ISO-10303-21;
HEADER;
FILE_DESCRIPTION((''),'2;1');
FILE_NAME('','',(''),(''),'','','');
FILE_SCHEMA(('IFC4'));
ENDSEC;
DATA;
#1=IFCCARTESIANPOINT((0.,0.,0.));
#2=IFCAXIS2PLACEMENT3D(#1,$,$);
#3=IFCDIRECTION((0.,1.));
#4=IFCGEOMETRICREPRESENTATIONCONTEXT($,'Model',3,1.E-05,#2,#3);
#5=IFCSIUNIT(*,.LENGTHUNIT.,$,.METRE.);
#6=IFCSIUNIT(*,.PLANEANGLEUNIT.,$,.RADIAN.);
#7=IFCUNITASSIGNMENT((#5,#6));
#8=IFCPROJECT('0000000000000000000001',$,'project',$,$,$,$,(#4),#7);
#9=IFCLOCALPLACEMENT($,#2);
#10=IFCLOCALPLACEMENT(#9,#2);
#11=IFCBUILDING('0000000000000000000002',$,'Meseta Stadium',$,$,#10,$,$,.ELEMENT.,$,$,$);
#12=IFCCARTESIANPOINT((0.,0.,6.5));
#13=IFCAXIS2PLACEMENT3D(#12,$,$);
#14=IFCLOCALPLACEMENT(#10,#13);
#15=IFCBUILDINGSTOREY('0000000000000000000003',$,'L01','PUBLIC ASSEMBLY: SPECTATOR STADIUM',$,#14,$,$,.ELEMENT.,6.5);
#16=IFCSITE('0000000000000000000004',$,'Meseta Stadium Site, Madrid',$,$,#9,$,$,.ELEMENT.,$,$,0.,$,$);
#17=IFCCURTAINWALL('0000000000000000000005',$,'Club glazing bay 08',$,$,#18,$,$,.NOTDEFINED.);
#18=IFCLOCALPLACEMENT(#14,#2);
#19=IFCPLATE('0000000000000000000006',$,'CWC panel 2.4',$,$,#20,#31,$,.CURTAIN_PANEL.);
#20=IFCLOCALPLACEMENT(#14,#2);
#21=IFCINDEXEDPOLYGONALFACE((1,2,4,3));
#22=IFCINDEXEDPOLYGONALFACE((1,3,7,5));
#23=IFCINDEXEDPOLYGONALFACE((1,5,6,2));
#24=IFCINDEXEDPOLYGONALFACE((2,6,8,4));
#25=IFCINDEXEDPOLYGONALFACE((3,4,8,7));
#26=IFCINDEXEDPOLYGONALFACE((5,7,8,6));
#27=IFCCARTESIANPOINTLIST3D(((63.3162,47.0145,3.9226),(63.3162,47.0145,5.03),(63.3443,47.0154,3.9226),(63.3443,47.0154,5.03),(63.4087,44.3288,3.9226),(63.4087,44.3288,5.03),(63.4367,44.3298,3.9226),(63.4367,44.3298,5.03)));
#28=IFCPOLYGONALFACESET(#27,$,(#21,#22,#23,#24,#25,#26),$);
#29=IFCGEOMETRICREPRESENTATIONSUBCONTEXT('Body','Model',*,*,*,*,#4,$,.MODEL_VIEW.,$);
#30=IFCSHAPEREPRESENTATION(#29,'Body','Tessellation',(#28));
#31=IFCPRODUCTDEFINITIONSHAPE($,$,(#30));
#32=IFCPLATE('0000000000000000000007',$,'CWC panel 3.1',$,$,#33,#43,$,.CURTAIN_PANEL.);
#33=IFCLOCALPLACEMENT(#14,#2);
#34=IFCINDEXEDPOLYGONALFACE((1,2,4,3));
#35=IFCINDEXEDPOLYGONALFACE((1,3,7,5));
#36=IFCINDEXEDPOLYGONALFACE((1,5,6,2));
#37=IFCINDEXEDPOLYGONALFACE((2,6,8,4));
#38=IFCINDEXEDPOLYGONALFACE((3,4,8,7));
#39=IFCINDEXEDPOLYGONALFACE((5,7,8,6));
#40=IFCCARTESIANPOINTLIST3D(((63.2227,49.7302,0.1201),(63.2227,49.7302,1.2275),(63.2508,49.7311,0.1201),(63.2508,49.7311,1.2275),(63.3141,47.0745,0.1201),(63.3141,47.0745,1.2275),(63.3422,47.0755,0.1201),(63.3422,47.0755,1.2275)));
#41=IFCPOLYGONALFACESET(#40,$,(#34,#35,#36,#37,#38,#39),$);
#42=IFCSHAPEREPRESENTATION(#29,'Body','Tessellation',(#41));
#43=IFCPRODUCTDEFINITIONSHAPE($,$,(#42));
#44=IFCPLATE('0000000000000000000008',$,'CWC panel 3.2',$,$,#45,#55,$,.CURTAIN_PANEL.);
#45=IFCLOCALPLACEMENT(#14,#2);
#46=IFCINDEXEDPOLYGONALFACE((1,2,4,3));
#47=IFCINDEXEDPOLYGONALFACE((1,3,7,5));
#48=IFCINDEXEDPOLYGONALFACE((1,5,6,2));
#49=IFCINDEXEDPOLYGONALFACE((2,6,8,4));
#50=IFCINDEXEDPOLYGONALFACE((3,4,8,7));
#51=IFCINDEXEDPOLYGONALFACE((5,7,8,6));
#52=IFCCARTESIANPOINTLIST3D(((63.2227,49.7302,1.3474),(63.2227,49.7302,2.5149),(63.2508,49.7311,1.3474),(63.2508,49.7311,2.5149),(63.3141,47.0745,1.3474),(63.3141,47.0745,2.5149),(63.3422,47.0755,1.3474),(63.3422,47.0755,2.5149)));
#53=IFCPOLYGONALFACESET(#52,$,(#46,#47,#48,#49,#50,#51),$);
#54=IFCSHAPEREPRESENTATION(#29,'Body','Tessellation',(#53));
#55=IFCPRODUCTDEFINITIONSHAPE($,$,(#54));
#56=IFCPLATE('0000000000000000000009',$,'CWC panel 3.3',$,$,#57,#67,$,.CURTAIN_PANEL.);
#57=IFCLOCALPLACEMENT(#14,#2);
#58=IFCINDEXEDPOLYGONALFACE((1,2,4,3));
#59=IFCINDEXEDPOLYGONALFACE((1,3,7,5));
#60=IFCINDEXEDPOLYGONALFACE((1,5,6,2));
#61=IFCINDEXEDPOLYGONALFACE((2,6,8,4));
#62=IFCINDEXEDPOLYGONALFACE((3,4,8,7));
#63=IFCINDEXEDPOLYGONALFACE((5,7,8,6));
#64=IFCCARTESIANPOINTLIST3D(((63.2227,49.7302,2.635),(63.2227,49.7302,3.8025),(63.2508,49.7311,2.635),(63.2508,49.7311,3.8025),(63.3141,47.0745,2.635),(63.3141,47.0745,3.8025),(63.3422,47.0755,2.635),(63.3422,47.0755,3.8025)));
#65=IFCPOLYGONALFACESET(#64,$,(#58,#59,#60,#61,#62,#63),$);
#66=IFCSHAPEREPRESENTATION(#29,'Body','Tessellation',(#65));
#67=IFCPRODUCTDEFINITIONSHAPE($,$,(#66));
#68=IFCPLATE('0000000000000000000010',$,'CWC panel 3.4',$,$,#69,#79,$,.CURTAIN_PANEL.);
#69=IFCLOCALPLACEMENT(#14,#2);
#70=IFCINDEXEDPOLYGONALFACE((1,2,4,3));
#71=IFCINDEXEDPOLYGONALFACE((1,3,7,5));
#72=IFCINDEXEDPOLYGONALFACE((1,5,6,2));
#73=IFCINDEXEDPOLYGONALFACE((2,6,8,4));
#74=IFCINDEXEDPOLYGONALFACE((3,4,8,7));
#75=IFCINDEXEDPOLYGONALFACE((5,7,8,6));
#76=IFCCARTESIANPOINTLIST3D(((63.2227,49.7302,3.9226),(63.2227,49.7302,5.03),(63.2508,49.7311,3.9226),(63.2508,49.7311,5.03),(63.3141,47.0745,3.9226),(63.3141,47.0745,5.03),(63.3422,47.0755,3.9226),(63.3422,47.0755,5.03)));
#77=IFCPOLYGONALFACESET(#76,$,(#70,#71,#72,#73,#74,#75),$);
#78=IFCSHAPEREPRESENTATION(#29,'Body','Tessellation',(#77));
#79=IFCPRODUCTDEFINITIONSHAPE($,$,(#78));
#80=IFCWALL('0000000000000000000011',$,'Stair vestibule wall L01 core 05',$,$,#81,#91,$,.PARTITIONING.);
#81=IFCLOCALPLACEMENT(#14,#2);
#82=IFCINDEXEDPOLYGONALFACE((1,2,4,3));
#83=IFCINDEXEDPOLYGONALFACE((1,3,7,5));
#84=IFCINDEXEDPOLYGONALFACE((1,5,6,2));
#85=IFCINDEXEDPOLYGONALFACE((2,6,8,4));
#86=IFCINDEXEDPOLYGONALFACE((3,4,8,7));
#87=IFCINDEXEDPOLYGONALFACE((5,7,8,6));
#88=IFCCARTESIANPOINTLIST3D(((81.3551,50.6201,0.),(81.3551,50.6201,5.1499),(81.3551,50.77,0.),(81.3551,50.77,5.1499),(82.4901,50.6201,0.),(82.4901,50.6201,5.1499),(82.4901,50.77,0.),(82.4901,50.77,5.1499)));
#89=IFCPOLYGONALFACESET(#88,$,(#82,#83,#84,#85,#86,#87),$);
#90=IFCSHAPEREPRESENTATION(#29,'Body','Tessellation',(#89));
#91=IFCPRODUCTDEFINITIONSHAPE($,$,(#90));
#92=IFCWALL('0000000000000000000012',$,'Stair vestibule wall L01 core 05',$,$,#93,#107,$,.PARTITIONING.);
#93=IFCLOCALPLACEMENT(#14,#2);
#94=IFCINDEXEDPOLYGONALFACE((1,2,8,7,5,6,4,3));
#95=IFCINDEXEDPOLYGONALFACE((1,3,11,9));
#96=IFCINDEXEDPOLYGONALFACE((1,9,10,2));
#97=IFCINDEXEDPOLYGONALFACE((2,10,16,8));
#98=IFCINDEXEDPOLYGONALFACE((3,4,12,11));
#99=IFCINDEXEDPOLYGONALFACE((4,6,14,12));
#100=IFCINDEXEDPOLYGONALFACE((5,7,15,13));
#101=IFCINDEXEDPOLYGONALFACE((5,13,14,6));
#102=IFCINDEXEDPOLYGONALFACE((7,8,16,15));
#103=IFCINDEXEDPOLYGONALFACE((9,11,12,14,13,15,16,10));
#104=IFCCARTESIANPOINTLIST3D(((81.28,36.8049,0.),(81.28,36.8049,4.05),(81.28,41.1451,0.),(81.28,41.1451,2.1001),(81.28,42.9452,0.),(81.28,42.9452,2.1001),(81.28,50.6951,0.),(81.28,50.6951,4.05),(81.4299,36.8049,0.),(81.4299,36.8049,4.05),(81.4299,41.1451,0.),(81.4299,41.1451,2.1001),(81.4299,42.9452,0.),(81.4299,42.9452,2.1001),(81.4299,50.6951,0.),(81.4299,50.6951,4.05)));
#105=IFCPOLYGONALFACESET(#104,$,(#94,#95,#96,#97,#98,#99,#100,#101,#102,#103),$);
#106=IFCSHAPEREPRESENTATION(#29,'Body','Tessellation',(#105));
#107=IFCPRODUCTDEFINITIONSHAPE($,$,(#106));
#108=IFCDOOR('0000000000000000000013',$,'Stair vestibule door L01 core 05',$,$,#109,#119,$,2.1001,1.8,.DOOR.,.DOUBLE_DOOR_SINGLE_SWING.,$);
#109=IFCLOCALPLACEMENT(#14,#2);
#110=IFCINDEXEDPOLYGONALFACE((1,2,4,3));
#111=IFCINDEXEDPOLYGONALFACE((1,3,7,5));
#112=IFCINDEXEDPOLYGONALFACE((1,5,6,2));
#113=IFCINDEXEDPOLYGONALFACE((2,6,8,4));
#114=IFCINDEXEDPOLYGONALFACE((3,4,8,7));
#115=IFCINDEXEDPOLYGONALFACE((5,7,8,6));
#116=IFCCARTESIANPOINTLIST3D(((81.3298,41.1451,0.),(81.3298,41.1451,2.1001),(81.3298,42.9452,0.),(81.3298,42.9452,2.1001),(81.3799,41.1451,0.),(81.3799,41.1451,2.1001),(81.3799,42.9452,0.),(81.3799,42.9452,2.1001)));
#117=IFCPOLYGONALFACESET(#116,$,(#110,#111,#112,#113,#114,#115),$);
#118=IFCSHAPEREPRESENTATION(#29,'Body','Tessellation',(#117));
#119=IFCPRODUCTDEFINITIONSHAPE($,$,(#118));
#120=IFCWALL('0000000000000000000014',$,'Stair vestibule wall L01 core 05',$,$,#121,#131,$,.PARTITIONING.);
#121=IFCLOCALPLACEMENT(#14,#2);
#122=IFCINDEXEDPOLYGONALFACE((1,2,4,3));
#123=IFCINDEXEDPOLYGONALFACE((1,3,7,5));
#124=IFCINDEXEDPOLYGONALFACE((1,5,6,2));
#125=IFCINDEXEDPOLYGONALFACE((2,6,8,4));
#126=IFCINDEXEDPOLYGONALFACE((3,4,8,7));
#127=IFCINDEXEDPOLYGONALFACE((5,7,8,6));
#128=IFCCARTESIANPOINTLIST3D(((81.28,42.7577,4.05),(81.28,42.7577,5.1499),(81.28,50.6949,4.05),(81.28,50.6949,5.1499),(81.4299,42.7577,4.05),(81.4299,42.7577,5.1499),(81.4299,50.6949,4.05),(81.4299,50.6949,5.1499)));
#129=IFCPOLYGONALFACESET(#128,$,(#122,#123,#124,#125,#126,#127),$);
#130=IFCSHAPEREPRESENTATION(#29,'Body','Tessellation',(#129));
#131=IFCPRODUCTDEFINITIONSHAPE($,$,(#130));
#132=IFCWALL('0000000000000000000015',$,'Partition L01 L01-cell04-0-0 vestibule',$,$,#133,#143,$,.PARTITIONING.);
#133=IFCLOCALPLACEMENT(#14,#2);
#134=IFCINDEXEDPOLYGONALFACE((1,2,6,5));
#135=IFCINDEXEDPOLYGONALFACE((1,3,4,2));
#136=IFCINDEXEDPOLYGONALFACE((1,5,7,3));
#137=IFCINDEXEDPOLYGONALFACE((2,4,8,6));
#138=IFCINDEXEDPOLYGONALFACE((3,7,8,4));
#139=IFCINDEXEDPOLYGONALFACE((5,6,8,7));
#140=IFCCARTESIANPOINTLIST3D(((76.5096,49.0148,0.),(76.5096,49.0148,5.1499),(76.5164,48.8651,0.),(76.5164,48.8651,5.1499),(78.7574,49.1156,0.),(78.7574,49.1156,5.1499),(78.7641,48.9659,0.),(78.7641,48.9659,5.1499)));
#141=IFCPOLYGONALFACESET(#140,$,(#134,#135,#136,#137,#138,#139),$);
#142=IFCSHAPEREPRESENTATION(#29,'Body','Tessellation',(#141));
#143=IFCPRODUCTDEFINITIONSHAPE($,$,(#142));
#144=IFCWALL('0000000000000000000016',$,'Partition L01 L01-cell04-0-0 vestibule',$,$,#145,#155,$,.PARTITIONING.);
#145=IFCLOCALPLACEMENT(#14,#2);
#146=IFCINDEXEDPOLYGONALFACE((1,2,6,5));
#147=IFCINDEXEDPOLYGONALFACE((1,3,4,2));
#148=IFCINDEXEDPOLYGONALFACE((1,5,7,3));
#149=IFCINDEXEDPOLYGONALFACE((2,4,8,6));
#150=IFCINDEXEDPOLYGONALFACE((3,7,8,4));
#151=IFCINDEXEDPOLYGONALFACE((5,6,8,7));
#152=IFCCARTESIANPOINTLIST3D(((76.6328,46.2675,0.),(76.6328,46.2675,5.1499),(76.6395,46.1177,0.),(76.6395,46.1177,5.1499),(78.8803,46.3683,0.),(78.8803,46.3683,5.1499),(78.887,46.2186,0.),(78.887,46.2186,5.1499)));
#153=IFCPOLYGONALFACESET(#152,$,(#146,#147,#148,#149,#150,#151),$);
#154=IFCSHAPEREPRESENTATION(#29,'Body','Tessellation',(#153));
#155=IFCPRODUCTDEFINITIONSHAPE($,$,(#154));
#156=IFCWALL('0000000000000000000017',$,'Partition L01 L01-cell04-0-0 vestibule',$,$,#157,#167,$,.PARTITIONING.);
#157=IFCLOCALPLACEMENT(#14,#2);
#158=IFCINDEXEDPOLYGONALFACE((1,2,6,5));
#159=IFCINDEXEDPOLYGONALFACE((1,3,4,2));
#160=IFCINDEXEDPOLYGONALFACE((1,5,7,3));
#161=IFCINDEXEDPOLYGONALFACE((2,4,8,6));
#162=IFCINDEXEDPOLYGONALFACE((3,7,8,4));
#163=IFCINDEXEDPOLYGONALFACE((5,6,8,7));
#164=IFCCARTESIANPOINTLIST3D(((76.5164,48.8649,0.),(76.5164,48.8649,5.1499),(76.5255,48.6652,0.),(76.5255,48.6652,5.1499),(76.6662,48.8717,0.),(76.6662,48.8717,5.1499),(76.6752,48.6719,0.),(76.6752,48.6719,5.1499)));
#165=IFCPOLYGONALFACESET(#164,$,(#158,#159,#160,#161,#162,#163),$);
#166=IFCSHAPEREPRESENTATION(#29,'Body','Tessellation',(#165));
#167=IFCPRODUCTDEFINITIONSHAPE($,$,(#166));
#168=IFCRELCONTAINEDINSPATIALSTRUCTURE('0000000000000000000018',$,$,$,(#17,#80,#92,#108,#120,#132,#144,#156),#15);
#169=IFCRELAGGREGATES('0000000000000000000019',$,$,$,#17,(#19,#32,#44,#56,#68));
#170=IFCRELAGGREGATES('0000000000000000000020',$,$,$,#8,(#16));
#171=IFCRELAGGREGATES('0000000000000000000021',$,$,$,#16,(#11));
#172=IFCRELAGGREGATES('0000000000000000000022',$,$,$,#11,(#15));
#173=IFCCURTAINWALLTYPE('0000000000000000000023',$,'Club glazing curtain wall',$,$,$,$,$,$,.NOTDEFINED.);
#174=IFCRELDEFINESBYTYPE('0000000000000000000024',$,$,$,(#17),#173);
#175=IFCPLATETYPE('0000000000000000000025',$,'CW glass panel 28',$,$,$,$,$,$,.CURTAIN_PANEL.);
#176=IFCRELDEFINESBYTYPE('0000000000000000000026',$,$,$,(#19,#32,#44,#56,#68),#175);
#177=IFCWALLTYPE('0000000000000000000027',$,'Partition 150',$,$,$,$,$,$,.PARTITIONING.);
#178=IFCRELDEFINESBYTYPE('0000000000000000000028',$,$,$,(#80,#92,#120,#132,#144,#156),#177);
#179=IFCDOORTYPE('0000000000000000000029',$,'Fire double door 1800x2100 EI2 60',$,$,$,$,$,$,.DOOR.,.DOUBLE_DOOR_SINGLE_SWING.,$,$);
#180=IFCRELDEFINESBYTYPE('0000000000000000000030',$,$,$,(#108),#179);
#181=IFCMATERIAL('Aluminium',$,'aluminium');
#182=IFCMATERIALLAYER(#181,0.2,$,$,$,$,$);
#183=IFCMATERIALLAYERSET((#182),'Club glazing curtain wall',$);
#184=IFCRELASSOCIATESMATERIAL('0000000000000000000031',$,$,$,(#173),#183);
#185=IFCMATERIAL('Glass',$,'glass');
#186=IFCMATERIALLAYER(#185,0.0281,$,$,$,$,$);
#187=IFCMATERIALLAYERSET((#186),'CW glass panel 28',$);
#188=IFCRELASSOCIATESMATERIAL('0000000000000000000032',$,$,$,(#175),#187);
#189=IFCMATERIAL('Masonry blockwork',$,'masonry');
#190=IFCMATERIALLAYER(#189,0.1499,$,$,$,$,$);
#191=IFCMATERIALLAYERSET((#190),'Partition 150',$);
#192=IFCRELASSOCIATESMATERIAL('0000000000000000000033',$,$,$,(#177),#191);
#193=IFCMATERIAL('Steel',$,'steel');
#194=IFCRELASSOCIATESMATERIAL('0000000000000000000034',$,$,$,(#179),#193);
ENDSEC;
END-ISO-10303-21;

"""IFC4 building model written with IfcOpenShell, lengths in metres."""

from ifc_helpers import new_model, si_unit, direction, frame, frame_2d, origin, origin_2d, place, context, subcontext, project, spatial, rectangle, extrude, material, layer, layer_set, type_object, element, fill, aggregate, save


model = new_model("IFC4")

# Units and contexts
model_context = context("Model", 3, precision=1e-05, world=origin(), true_north=direction((0.0, 1.0)))
body_context = subcontext(model_context, "Body", "Model", "MODEL_VIEW")
ifc_project = project(units=[si_unit("LENGTHUNIT", "METRE"), si_unit("PLANEANGLEUNIT", "RADIAN")], contexts=[model_context])

# Site, building, storey
site_placement = place(None, origin())
site = spatial("IfcSite", under=ifc_project, at=site_placement, Name="Meseta Stadium Site, Madrid", CompositionType="ELEMENT", RefElevation=0.0)
building_placement = place(site_placement, origin())
building = spatial("IfcBuilding", under=site, at=building_placement, Name="Meseta Stadium", CompositionType="ELEMENT")
storey_placement = place(building_placement, frame((0.0, 0.0, 6.5)))
storey = spatial("IfcBuildingStorey", under=building, at=storey_placement, Name="L01", Description="PUBLIC ASSEMBLY: SPECTATOR STADIUM", CompositionType="ELEMENT", Elevation=6.5)

# Curtain wall
ifc_material_1 = material(Name="Aluminium", Category="aluminium")
ifc_layer_1 = layer(ifc_material_1, 0.2)
ifc_layer_set_1 = layer_set([ifc_layer_1], Name="Club glazing curtain wall")
curtain_wall_type = type_object("IfcCurtainWallType", Name="Club glazing curtain wall", PredefinedType="NOTDEFINED", material=ifc_layer_set_1)
curtain_wall_1_placement = place(storey_placement, origin())
curtain_wall_1 = element("IfcCurtainWall", 1, at=curtain_wall_1_placement, inside=storey, type_object=curtain_wall_type, Name="Club glazing bay 08", PredefinedType="NOTDEFINED")

# Plates
ifc_material_2 = material(Name="Glass", Category="glass")
ifc_layer_2 = layer(ifc_material_2, 0.0281)
ifc_layer_set_2 = layer_set([ifc_layer_2], Name="CW glass panel 28")
plate_type = type_object("IfcPlateType", Name="CW glass panel 28", PredefinedType="CURTAIN_PANEL", material=ifc_layer_set_2)
plate_1_placement = place(storey_placement, frame((63.3765, 45.6721, 3.9226), z_axis=(0.0, 0.0, 1.0), x_axis=(-0.034398, 0.999408, 0.0)))
plate_1 = element("IfcPlate", 2, at=plate_1_placement, type_object=plate_type, Name="CWC panel 2.4", PredefinedType="CURTAIN_PANEL", context=body_context, shape_type="SweptSolid", body=[
    extrude(rectangle(XDim=2.6873, YDim=0.0281, at=origin_2d()), origin(), (0.0, 0.0, 1.0), 1.1074),
])
plate_2_placement = place(storey_placement, frame((63.2825, 48.4028, 0.1201), z_axis=(0.0, 0.0, 1.0), x_axis=(-0.034398, 0.999408, 0.0)))
plate_2 = element("IfcPlate", 3, at=plate_2_placement, type_object=plate_type, Name="CWC panel 3.1", PredefinedType="CURTAIN_PANEL", context=body_context, shape_type="SweptSolid", body=[
    extrude(rectangle(XDim=2.6572, YDim=0.0281, at=origin_2d()), origin(), (0.0, 0.0, 1.0), 1.1074),
])
plate_3_placement = place(storey_placement, frame((63.2825, 48.4028, 1.3474), z_axis=(0.0, 0.0, 1.0), x_axis=(-0.034398, 0.999408, 0.0)))
plate_3 = element("IfcPlate", 4, at=plate_3_placement, type_object=plate_type, Name="CWC panel 3.2", PredefinedType="CURTAIN_PANEL", context=body_context, shape_type="SweptSolid", body=[
    extrude(rectangle(XDim=2.6572, YDim=0.0281, at=origin_2d()), origin(), (0.0, 0.0, 1.0), 1.1675),
])
plate_4_placement = place(storey_placement, frame((63.2825, 48.4028, 2.635), z_axis=(0.0, 0.0, 1.0), x_axis=(-0.034398, 0.999408, 0.0)))
plate_4 = element("IfcPlate", 5, at=plate_4_placement, type_object=plate_type, Name="CWC panel 3.3", PredefinedType="CURTAIN_PANEL", context=body_context, shape_type="SweptSolid", body=[
    extrude(rectangle(XDim=2.6572, YDim=0.0281, at=origin_2d()), origin(), (0.0, 0.0, 1.0), 1.1675),
])
plate_5_placement = place(storey_placement, frame((63.2825, 48.4028, 3.9226), z_axis=(0.0, 0.0, 1.0), x_axis=(-0.034398, 0.999408, 0.0)))
plate_5 = element("IfcPlate", 6, at=plate_5_placement, type_object=plate_type, Name="CWC panel 3.4", PredefinedType="CURTAIN_PANEL", context=body_context, shape_type="SweptSolid", body=[
    extrude(rectangle(XDim=2.6572, YDim=0.0281, at=origin_2d()), origin(), (0.0, 0.0, 1.0), 1.1074),
])
aggregate(curtain_wall_1, [plate_1, plate_2, plate_3, plate_4, plate_5])

# Wall
ifc_material_3 = material(Name="Masonry blockwork", Category="masonry")
ifc_layer_3 = layer(ifc_material_3, 0.1499)
ifc_layer_set_3 = layer_set([ifc_layer_3], Name="Partition 150")
wall_type = type_object("IfcWallType", Name="Partition 150", PredefinedType="PARTITIONING", material=ifc_layer_set_3)
wall_1_placement = place(storey_placement, frame((82.49, 50.6951, 0.0), z_axis=(0.0, 0.0, 1.0), x_axis=(-1.0, 0.0, 0.0)))
element("IfcWall", 7, at=wall_1_placement, inside=storey, type_object=wall_type, Name="Stair vestibule wall L01 core 05", PredefinedType="PARTITIONING", context=body_context, shape_type="SweptSolid", body=[
    extrude(rectangle(XDim=1.135, YDim=0.1499, at=frame_2d((0.5674, 0.0))), origin(), (0.0, 0.0, 1.0), 5.1499),
])

# Wall, opening, door
wall_2_placement = place(storey_placement, frame((81.355, 50.6951, 0.0), z_axis=(0.0, 0.0, 1.0), x_axis=(0.0, -1.0, 0.0)))
wall_2 = element("IfcWall", 8, at=wall_2_placement, inside=storey, type_object=wall_type, Name="Stair vestibule wall L01 core 05", PredefinedType="PARTITIONING", context=body_context, shape_type="SweptSolid", body=[
    extrude(rectangle(XDim=13.8901, YDim=0.1499, at=frame_2d((6.9451, 0.0))), origin(), (0.0, 0.0, 1.0), 4.05),
])
opening_1_placement = place(wall_2_placement, frame((7.75, 0.0, 0.0)))
opening_1 = element("IfcOpeningElement", 9, at=opening_1_placement, cuts=wall_2, PredefinedType="OPENING", context=body_context, shape_type="SweptSolid", body=[
    extrude(rectangle(XDim=1.8, YDim=2.1001, at=frame_2d((0.8999, 1.05))), frame((0.0, 0.085, 0.0), z_axis=(0.0, -1.0, 0.0), x_axis=(1.0, 0.0, 0.0)), (0.0, 0.0, 1.0), 0.1699),
])
ifc_material_4 = material(Name="Steel", Category="steel")
door_type = type_object("IfcDoorType", Name="Fire double door 1800x2100 EI2 60", OperationType="DOUBLE_DOOR_SINGLE_SWING", PredefinedType="DOOR", material=ifc_material_4)
door_1_placement = place(opening_1_placement, origin())
door_1 = element("IfcDoor", 10, at=door_1_placement, inside=storey, type_object=door_type, Name="Stair vestibule door L01 core 05", OperationType="DOUBLE_DOOR_SINGLE_SWING", OverallHeight=2.1001, OverallWidth=1.8, PredefinedType="DOOR", context=body_context, shape_type="SweptSolid", body=[
    extrude(rectangle(XDim=1.8, YDim=2.1001, at=frame_2d((0.8999, 1.05))), frame((0.0, 0.0249, 0.0), z_axis=(0.0, -1.0, 0.0), x_axis=(1.0, 0.0, 0.0)), (0.0, 0.0, 1.0), 0.05),
])
fill(opening_1, door_1)

# Walls
wall_3_placement = place(storey_placement, frame((81.355, 50.6951, 4.05), z_axis=(0.0, 0.0, 1.0), x_axis=(0.0, -1.0, 0.0)))
element("IfcWall", 11, at=wall_3_placement, inside=storey, type_object=wall_type, Name="Stair vestibule wall L01 core 05", PredefinedType="PARTITIONING", context=body_context, shape_type="SweptSolid", body=[
    extrude(rectangle(XDim=7.9373, YDim=0.1499, at=frame_2d((3.9688, 0.0))), origin(), (0.0, 0.0, 1.0), 1.0999),
])
wall_4_placement = place(storey_placement, frame((78.7607, 49.0408, 0.0), z_axis=(0.0, 0.0, 1.0), x_axis=(-0.998995, -0.044812, 0.0)))
element("IfcWall", 12, at=wall_4_placement, inside=storey, type_object=wall_type, Name="Partition L01 L01-cell04-0-0 vestibule", PredefinedType="PARTITIONING", context=body_context, shape_type="SweptSolid", body=[
    extrude(rectangle(XDim=2.25, YDim=0.1499, at=frame_2d((1.125, 0.0))), origin(), (0.0, 0.0, 1.0), 5.1499),
])
wall_5_placement = place(storey_placement, frame((78.8838, 46.2935, 0.0), z_axis=(0.0, 0.0, 1.0), x_axis=(-0.998995, -0.044817, 0.0)))
element("IfcWall", 13, at=wall_5_placement, inside=storey, type_object=wall_type, Name="Partition L01 L01-cell04-0-0 vestibule", PredefinedType="PARTITIONING", context=body_context, shape_type="SweptSolid", body=[
    extrude(rectangle(XDim=2.2498, YDim=0.1499, at=frame_2d((1.125, 0.0))), origin(), (0.0, 0.0, 1.0), 5.1499),
])
wall_6_placement = place(storey_placement, frame((76.5913, 48.8684, 0.0), z_axis=(0.0, 0.0, 1.0), x_axis=(0.045186, -0.998979, 0.0)))
element("IfcWall", 14, at=wall_6_placement, inside=storey, type_object=wall_type, Name="Partition L01 L01-cell04-0-0 vestibule", PredefinedType="PARTITIONING", context=body_context, shape_type="SweptSolid", body=[
    extrude(rectangle(XDim=0.2, YDim=0.1499, at=frame_2d((0.1001, 0.0))), origin(), (0.0, 0.0, 1.0), 5.1499),
])

save(model, "model.ifc")
